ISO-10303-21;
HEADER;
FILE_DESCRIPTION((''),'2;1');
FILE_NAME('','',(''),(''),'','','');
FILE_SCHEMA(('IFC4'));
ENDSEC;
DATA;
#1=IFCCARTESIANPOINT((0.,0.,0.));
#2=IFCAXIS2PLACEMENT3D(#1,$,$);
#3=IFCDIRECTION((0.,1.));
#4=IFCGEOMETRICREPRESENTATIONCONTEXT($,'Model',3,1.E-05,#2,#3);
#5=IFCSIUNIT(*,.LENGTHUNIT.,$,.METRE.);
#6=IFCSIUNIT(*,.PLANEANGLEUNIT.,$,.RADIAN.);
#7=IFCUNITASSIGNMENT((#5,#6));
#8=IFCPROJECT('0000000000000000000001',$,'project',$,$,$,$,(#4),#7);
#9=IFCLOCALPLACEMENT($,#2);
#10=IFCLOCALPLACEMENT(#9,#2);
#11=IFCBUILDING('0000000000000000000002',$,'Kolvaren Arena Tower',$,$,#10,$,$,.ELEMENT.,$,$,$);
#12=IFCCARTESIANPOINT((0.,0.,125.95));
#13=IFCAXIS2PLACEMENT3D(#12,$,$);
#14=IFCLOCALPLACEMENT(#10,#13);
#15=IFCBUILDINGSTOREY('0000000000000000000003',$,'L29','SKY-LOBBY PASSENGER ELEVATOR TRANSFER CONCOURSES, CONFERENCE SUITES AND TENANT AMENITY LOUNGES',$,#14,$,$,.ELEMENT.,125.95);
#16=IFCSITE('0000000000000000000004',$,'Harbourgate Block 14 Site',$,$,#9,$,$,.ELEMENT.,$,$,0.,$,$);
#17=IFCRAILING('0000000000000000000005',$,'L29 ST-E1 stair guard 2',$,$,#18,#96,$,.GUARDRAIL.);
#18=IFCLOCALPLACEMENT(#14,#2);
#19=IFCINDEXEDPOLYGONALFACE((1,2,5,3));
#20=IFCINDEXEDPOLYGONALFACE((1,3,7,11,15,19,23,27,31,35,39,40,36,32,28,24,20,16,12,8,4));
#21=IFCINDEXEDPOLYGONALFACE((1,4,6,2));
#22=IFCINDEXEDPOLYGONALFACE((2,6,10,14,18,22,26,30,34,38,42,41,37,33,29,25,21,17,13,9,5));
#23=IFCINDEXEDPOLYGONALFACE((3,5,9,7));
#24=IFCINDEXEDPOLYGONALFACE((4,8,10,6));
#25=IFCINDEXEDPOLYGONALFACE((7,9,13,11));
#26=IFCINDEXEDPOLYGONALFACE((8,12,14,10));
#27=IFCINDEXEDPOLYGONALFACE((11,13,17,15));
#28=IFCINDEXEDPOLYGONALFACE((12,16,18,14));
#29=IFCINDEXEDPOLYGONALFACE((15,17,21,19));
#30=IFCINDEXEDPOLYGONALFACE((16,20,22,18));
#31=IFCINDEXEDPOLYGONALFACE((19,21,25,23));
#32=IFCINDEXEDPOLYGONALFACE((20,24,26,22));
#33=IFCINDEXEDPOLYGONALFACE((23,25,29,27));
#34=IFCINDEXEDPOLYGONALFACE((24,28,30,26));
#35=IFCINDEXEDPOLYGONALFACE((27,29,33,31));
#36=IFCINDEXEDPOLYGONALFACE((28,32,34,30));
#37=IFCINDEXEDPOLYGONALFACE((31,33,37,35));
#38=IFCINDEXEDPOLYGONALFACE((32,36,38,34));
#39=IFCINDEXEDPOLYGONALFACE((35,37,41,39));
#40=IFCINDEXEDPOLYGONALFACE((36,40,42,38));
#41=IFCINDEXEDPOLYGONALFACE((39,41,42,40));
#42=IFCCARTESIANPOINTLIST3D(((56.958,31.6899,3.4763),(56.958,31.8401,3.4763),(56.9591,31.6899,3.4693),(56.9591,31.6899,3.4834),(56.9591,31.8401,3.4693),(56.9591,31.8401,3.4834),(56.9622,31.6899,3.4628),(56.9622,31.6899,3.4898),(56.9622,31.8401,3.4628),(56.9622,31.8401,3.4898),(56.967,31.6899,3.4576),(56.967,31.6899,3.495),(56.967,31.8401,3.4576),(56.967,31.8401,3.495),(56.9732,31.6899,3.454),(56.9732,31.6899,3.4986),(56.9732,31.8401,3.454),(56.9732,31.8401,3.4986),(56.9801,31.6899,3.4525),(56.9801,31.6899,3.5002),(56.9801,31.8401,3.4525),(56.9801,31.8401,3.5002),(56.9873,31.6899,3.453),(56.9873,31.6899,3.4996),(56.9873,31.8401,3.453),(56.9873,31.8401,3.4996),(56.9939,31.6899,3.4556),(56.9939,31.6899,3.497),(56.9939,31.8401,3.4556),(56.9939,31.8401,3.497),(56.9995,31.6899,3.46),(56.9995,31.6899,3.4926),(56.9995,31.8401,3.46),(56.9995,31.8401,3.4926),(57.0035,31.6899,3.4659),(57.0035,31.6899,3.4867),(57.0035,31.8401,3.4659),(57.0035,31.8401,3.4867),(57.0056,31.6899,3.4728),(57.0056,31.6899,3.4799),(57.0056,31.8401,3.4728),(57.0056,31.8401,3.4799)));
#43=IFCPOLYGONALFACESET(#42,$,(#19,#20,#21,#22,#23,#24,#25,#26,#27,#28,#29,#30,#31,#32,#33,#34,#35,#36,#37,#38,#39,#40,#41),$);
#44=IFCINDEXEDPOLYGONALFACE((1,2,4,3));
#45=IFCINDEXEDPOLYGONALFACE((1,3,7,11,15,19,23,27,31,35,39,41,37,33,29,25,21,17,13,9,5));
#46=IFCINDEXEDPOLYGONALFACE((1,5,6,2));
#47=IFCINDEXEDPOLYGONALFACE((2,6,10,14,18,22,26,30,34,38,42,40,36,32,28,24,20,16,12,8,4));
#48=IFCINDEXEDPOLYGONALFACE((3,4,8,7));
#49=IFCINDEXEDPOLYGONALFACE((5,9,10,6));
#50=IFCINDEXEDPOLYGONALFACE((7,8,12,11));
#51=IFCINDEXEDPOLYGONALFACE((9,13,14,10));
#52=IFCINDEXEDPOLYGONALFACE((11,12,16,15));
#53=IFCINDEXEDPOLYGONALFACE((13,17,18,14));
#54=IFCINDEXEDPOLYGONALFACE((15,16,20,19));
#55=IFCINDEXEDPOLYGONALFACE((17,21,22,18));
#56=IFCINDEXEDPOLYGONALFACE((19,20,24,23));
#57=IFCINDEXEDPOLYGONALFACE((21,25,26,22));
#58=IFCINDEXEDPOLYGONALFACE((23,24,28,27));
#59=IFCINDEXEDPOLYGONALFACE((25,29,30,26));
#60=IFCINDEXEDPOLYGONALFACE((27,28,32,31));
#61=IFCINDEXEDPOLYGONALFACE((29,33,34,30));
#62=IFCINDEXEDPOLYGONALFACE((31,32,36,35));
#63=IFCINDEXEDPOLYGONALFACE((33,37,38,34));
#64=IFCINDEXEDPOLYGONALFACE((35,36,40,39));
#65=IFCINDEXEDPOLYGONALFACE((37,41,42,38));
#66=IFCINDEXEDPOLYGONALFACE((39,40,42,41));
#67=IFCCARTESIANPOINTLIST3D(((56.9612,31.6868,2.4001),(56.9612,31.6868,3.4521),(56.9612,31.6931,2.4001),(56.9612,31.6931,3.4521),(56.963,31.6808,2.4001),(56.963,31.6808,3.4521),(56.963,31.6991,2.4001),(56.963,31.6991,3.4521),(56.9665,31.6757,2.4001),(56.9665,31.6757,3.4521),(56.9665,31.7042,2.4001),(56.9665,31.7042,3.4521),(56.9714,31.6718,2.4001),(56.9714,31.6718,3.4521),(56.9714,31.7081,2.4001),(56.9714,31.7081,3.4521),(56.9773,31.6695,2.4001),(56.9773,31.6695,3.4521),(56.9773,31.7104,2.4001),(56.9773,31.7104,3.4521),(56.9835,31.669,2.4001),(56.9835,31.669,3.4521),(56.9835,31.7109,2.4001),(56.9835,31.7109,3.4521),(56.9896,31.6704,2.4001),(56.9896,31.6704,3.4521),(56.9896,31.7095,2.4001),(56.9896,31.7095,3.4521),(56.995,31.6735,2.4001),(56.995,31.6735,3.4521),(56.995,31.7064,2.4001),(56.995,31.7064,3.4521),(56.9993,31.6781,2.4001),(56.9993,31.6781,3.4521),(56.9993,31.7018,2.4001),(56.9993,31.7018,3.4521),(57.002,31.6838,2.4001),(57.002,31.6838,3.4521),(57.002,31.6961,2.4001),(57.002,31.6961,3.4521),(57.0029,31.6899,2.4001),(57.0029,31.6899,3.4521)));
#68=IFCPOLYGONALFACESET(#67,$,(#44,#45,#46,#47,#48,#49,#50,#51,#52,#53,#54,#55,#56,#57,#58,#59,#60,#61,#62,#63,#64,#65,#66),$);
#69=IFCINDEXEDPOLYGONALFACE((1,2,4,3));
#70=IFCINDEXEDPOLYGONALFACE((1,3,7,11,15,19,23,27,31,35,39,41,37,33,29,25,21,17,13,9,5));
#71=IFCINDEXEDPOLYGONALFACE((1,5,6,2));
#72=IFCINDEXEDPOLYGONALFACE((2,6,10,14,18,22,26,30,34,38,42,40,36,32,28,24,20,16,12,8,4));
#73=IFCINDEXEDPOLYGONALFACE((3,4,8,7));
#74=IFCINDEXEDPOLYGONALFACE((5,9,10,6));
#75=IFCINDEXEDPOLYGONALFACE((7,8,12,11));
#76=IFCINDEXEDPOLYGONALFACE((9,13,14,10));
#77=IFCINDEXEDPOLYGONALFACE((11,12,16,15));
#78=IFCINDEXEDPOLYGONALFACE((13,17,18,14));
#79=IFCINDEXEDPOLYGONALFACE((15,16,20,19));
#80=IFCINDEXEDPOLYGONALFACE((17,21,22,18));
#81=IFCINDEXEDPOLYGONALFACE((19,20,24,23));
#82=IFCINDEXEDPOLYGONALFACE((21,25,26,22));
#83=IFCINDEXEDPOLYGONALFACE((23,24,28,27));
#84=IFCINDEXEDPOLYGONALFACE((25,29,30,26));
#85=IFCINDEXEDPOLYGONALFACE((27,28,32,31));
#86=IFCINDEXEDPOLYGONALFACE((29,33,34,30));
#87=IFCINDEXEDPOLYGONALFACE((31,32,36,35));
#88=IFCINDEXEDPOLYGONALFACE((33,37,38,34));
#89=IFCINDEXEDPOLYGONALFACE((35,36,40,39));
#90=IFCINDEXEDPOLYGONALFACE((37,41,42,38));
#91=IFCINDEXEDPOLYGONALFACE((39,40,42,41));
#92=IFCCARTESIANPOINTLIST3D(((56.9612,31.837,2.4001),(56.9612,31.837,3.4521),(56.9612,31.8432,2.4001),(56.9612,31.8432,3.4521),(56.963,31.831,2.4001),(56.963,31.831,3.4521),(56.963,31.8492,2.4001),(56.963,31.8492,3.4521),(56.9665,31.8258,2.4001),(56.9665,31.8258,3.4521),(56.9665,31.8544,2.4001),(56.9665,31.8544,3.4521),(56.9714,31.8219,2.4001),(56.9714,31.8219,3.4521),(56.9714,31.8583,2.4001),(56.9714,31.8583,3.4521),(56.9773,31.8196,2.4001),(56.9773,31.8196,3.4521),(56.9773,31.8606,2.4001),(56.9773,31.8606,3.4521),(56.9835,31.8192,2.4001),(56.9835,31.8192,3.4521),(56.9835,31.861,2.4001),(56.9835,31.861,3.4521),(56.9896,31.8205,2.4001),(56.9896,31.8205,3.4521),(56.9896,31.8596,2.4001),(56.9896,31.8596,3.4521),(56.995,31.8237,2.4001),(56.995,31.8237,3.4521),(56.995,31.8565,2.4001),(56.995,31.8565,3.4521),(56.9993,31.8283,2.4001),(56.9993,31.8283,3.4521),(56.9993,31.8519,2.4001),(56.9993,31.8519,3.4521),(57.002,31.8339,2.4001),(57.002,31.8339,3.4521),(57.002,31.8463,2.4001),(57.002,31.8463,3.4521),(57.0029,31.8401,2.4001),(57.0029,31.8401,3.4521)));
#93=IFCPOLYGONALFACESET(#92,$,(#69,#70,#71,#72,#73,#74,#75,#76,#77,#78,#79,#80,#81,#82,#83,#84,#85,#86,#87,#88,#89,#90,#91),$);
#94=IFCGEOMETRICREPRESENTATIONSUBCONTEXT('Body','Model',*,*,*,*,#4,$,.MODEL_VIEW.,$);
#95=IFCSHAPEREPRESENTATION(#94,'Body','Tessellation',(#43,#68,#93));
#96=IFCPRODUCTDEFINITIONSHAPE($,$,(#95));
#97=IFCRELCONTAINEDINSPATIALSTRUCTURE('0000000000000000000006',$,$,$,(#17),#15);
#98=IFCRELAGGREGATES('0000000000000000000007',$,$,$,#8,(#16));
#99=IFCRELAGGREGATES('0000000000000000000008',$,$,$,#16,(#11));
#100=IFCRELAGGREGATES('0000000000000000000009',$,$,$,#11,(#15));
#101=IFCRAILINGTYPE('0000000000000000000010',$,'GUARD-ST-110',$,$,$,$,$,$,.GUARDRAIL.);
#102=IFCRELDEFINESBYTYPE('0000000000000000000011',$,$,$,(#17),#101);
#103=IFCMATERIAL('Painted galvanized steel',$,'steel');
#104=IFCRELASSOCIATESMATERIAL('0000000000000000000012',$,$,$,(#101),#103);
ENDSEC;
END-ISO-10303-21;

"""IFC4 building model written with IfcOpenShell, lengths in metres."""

from ifc_helpers import new_model, si_unit, direction, frame, origin, origin_2d, place, context, subcontext, project, spatial, circle, extrude, material, type_object, element, save


model = new_model("IFC4")

# Units and contexts
model_context = context("Model", 3, precision=1e-05, world=origin(), true_north=direction((0.0, 1.0)))
body_context = subcontext(model_context, "Body", "Model", "MODEL_VIEW")
ifc_project = project(units=[si_unit("LENGTHUNIT", "METRE"), si_unit("PLANEANGLEUNIT", "RADIAN")], contexts=[model_context])

# Site, building, storey
site_placement = place(None, origin())
site = spatial("IfcSite", under=ifc_project, at=site_placement, Name="Harbourgate Block 14 Site", CompositionType="ELEMENT", RefElevation=0.0)
building_placement = place(site_placement, origin())
building = spatial("IfcBuilding", under=site, at=building_placement, Name="Kolvaren Arena Tower", CompositionType="ELEMENT")
storey_placement = place(building_placement, frame((0.0, 0.0, 125.95)))
storey = spatial("IfcBuildingStorey", under=building, at=storey_placement, Name="L29", Description="SKY-LOBBY PASSENGER ELEVATOR TRANSFER CONCOURSES, CONFERENCE SUITES AND TENANT AMENITY LOUNGES", CompositionType="ELEMENT", Elevation=125.95)

# Railing
ifc_material_1 = material(Name="Painted galvanized steel", Category="steel")
railing_type_1 = type_object("IfcRailingType", Name="GUARD-ST-110", PredefinedType="GUARDRAIL", material=ifc_material_1)
railing_1_placement = place(storey_placement, frame((56.9819, 31.6899, 2.4001)))
element("IfcRailing", 1, at=railing_1_placement, inside=storey, type_object=railing_type_1, Name="L29 ST-E1 stair guard 2", PredefinedType="GUARDRAIL", context=body_context, shape_type="SweptSolid", body=[
    extrude(circle(Radius=0.0239, at=origin_2d()), frame((0.0, 0.0, 1.0762), z_axis=(0.0, 1.0, 0.0), x_axis=(-1.0, 0.0, 0.0)), (0.0, 0.0, 1.0), 0.1501),
    extrude(circle(Radius=0.021, at=origin_2d()), origin(), (0.0, 0.0, 1.0), 1.052),
    extrude(circle(Radius=0.021, at=origin_2d()), frame((0.0, 0.1501, 0.0)), (0.0, 0.0, 1.0), 1.052),
])

save(model, "model.ifc")
